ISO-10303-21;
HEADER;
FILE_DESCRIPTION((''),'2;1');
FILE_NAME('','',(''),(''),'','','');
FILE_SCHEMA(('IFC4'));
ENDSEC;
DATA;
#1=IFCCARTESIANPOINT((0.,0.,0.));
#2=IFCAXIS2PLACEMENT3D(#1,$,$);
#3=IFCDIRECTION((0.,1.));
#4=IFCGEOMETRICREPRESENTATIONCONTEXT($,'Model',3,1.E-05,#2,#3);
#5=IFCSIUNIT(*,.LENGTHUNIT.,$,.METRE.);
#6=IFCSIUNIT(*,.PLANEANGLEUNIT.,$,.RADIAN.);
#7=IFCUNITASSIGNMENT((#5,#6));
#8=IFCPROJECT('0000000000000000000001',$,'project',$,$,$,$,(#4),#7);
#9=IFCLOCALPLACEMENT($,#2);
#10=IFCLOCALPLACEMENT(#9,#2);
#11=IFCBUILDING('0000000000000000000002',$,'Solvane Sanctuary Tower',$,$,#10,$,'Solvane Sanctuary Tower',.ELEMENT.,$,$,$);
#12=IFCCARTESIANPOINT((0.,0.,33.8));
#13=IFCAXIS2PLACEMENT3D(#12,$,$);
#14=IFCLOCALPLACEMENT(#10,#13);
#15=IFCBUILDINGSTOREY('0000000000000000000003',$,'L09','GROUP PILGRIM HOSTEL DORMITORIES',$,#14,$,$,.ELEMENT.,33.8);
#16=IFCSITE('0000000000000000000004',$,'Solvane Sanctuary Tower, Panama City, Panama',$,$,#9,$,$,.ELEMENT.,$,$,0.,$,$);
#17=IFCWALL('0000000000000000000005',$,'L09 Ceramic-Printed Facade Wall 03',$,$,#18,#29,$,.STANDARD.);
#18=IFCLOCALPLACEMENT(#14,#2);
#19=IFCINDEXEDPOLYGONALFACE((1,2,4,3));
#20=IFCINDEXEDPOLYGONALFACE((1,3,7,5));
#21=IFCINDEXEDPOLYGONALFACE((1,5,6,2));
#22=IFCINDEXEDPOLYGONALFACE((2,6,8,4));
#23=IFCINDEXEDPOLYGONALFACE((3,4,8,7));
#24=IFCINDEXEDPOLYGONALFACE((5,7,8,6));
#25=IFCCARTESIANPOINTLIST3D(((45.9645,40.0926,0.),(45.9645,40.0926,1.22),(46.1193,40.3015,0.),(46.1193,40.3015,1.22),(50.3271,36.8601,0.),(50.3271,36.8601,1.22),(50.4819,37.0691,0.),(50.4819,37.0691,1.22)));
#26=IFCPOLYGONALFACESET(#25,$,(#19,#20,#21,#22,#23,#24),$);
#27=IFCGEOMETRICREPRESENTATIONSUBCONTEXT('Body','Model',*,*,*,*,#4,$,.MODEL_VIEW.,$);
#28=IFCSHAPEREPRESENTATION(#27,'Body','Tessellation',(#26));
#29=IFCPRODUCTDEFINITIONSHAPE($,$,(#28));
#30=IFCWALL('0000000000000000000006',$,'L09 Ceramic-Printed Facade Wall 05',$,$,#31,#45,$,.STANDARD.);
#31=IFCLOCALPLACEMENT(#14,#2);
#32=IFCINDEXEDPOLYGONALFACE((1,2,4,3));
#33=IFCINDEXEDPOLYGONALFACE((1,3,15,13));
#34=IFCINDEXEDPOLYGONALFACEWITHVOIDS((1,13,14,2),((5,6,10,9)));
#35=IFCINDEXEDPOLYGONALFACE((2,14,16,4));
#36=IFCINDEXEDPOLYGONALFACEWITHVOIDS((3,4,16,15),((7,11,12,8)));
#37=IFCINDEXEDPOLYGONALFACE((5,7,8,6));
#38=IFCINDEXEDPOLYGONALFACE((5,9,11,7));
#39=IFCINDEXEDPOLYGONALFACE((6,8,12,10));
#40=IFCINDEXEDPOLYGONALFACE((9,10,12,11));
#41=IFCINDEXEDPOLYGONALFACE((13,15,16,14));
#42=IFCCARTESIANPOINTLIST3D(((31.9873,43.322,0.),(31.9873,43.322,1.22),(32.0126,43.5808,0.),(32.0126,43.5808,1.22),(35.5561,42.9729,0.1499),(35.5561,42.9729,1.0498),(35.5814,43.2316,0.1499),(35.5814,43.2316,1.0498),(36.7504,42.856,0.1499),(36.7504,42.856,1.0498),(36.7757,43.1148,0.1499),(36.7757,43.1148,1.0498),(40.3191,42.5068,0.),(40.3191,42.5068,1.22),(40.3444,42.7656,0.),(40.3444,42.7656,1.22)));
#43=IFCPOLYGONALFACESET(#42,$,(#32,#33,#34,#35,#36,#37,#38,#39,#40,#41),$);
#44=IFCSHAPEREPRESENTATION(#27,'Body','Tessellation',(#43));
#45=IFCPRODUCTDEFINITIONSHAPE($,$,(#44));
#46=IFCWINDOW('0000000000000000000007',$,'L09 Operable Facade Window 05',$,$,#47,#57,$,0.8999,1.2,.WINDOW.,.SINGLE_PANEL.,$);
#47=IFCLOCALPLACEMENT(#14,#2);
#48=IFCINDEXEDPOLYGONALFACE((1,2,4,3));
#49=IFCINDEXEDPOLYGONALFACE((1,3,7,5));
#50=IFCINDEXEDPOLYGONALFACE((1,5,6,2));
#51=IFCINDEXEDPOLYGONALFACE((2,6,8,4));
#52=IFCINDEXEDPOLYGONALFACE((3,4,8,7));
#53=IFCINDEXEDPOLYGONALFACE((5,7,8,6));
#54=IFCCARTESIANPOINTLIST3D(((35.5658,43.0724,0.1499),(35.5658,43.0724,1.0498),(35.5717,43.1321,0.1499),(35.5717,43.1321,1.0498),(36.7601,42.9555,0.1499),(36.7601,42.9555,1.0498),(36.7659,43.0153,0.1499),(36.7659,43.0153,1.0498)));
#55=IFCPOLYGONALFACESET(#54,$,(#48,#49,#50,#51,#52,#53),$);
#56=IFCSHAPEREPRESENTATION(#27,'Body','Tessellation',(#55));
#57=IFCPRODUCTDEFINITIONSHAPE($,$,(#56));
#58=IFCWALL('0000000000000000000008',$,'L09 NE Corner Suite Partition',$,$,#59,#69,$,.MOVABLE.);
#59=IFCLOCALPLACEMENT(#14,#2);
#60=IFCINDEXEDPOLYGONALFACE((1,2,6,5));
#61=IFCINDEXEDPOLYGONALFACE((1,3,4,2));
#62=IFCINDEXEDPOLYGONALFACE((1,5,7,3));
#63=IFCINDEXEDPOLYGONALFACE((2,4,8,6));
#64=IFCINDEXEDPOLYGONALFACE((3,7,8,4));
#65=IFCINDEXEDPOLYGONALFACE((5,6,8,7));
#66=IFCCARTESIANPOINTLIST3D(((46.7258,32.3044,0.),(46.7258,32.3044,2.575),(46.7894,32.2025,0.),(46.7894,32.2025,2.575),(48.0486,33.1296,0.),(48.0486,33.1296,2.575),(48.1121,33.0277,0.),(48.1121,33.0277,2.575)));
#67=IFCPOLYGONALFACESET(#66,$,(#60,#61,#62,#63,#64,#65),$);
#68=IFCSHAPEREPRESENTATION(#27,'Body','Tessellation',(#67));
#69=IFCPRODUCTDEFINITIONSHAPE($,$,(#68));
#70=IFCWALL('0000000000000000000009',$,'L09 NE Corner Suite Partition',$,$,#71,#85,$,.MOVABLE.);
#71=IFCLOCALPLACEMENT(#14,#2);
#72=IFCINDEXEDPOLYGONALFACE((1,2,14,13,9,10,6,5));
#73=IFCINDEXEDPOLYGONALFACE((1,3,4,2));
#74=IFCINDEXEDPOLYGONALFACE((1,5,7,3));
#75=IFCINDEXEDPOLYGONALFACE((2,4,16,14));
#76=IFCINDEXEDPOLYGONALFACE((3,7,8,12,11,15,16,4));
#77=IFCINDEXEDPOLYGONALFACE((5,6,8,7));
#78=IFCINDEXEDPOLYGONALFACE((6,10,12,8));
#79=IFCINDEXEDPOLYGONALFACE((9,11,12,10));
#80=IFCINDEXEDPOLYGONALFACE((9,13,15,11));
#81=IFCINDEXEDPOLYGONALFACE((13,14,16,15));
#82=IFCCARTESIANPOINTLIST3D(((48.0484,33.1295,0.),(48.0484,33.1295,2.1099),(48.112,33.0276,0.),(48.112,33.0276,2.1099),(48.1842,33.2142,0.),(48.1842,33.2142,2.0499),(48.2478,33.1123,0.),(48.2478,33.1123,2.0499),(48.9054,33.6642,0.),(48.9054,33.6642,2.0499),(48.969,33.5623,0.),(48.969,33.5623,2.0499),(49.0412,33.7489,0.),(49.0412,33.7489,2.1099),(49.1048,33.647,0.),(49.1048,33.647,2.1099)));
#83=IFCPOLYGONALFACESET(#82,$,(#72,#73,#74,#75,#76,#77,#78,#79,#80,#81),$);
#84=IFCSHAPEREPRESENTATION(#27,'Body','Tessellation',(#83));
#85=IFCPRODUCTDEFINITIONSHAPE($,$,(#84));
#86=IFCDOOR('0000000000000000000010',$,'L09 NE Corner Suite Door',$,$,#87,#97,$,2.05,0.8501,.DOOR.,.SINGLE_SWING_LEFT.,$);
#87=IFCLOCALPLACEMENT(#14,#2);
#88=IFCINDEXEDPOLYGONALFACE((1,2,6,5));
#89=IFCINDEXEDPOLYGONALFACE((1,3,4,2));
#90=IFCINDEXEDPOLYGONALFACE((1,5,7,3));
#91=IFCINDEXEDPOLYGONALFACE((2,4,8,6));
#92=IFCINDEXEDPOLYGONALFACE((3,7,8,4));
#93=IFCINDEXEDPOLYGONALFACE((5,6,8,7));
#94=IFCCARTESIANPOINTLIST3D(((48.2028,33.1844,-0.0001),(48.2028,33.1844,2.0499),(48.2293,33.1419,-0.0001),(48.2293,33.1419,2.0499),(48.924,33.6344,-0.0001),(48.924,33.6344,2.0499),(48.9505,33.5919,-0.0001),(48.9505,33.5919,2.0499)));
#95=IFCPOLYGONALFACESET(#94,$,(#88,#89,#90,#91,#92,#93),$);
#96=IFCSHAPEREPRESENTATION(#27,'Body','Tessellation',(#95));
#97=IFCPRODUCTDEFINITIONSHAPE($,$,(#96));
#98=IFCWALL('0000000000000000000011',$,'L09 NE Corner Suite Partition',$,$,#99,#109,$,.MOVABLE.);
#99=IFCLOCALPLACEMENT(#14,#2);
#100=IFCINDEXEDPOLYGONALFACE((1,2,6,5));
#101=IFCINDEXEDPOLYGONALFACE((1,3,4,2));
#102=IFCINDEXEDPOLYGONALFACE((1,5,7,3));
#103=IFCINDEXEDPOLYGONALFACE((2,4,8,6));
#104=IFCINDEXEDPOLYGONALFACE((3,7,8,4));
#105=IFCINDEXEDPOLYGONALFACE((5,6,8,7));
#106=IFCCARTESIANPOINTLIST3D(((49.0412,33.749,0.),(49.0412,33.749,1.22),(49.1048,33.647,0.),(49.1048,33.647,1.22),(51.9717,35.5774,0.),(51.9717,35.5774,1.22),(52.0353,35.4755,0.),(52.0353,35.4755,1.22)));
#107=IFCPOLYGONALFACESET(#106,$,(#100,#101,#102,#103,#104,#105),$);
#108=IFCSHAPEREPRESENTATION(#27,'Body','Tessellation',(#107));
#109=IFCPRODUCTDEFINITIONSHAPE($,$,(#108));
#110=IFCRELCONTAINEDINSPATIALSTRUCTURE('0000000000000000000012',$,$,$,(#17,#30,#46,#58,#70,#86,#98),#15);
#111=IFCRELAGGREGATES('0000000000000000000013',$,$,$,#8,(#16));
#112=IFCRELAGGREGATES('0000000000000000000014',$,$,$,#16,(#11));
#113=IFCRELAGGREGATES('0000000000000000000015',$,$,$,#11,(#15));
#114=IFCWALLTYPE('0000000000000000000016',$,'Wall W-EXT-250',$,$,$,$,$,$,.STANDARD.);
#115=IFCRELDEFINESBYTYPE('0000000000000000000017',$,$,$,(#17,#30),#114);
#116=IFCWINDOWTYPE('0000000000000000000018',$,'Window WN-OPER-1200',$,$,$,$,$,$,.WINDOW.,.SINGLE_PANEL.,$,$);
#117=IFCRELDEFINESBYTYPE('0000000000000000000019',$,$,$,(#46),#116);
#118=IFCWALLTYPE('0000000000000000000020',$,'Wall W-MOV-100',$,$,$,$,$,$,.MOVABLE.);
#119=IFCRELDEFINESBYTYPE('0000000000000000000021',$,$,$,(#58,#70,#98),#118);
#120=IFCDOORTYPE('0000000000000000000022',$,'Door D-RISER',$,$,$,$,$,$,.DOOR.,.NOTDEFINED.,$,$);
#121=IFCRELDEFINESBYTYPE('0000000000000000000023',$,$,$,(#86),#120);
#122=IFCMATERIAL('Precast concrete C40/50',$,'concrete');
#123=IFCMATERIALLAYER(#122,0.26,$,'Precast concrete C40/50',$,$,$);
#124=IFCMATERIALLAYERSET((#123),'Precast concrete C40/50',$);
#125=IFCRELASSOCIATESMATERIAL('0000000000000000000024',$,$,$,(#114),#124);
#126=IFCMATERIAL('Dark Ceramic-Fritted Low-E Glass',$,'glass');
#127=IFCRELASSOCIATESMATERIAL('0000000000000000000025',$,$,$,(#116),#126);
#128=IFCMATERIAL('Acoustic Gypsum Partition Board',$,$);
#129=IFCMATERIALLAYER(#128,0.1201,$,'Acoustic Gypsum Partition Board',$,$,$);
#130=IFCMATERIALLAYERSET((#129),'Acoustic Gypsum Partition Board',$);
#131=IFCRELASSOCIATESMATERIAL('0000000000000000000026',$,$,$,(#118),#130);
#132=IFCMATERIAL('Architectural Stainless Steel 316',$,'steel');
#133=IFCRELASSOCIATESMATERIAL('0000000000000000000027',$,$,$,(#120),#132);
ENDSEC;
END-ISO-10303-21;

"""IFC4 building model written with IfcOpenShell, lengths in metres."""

from ifc_helpers import new_model, si_unit, direction, frame, frame_2d, origin, place, context, subcontext, project, spatial, rectangle, extrude, material, layer, layer_set, type_object, element, fill, save


model = new_model("IFC4")

# Units and contexts
model_context = context("Model", 3, precision=1e-05, world=origin(), true_north=direction((0.0, 1.0)))
body_context = subcontext(model_context, "Body", "Model", "MODEL_VIEW")
ifc_project = project(units=[si_unit("LENGTHUNIT", "METRE"), si_unit("PLANEANGLEUNIT", "RADIAN")], contexts=[model_context])

# Site, building, storey
site_placement = place(None, origin())
site = spatial("IfcSite", under=ifc_project, at=site_placement, Name="Solvane Sanctuary Tower, Panama City, Panama", CompositionType="ELEMENT", RefElevation=0.0)
building_placement = place(site_placement, origin())
building = spatial("IfcBuilding", under=site, at=building_placement, Name="Solvane Sanctuary Tower", LongName="Solvane Sanctuary Tower", CompositionType="ELEMENT")
storey_placement = place(building_placement, frame((0.0, 0.0, 33.8)))
storey = spatial("IfcBuildingStorey", under=building, at=storey_placement, Name="L09", Description="GROUP PILGRIM HOSTEL DORMITORIES", CompositionType="ELEMENT", Elevation=33.8)

# Shared definitions
ifc_material_1 = material(Name="Dark Ceramic-Fritted Low-E Glass", Category="glass")

# Shared definitions
ifc_material_2 = material(Name="Acoustic Gypsum Partition Board")

# Shared definitions
ifc_material_3 = material(Name="Precast concrete C40/50", Category="concrete")
ifc_layer_1 = layer(ifc_material_3, 0.26, Name="Precast concrete C40/50")
ifc_layer_set_1 = layer_set([ifc_layer_1], Name="Precast concrete C40/50")
wall_type_1 = type_object("IfcWallType", Name="Wall W-EXT-250", PredefinedType="STANDARD", material=ifc_layer_set_1)
window_type = type_object("IfcWindowType", Name="Window WN-OPER-1200", PartitioningType="SINGLE_PANEL", PredefinedType="WINDOW", material=ifc_material_1)

# Wall
wall_1_placement = place(storey_placement, frame((50.4045, 36.9646, 0.0), z_axis=(0.0, 0.0, 1.0), x_axis=(-0.803478, 0.595335, 0.0)))
element("IfcWall", 1, at=wall_1_placement, inside=storey, type_object=wall_type_1, Name="L09 Ceramic-Printed Facade Wall 03", PredefinedType="STANDARD", context=body_context, shape_type="SweptSolid", body=[
    extrude(rectangle(XDim=5.4297, YDim=0.26, at=frame_2d((2.7148, 0.0))), origin(), (0.0, 0.0, 1.0), 1.22),
])

# Wall, opening, window
wall_2_placement = place(storey_placement, frame((40.3318, 42.6362, 0.0), z_axis=(0.0, 0.0, 1.0), x_axis=(-0.995248, 0.097375, 0.0)))
wall_2 = element("IfcWall", 2, at=wall_2_placement, inside=storey, type_object=wall_type_1, Name="L09 Ceramic-Printed Facade Wall 05", PredefinedType="STANDARD", context=body_context, shape_type="SweptSolid", body=[
    extrude(rectangle(XDim=8.3716, YDim=0.26, at=frame_2d((4.1858, 0.0))), origin(), (0.0, 0.0, 1.0), 1.22),
])
opening_1_placement = place(wall_2_placement, frame((3.5857, 0.0, 0.1499)))
opening_1 = element("IfcOpeningElement", 3, at=opening_1_placement, cuts=wall_2, PredefinedType="OPENING", context=body_context, shape_type="SweptSolid", body=[
    extrude(rectangle(XDim=1.2, YDim=0.8999, at=frame_2d((0.6001, 0.45))), frame((0.0, 0.1399, 0.0), z_axis=(0.0, -1.0, 0.0), x_axis=(1.0, 0.0, 0.0)), (0.0, 0.0, 1.0), 0.28),
])
window_1_placement = place(opening_1_placement, origin())
window_1 = element("IfcWindow", 4, at=window_1_placement, inside=storey, type_object=window_type, Name="L09 Operable Facade Window 05", OverallHeight=0.8999, OverallWidth=1.2, PartitioningType="SINGLE_PANEL", PredefinedType="WINDOW", context=body_context, shape_type="SweptSolid", body=[
    extrude(rectangle(XDim=1.2, YDim=0.8999, at=frame_2d((0.6001, 0.45))), frame((0.0, 0.03, 0.0), z_axis=(0.0, -1.0, 0.0), x_axis=(1.0, 0.0, 0.0)), (0.0, 0.0, 1.0), 0.0601),
])
fill(opening_1, window_1)

# Wall
ifc_layer_2 = layer(ifc_material_2, 0.1201, Name="Acoustic Gypsum Partition Board")
ifc_layer_set_2 = layer_set([ifc_layer_2], Name="Acoustic Gypsum Partition Board")
wall_type_2 = type_object("IfcWallType", Name="Wall W-MOV-100", PredefinedType="MOVABLE", material=ifc_layer_set_2)
wall_3_placement = place(storey_placement, frame((46.7576, 32.2534, 0.0), z_axis=(0.0, 0.0, 1.0), x_axis=(0.848438, 0.529295, 0.0)))
element("IfcWall", 5, at=wall_3_placement, inside=storey, type_object=wall_type_2, Name="L09 NE Corner Suite Partition", PredefinedType="MOVABLE", context=body_context, shape_type="SweptSolid", body=[
    extrude(rectangle(XDim=1.5591, YDim=0.1201, at=frame_2d((0.7795, 0.0))), origin(), (0.0, 0.0, 1.0), 2.575),
])

# Wall, opening, door
wall_4_placement = place(storey_placement, frame((48.0803, 33.0786, 0.0), z_axis=(0.0, 0.0, 1.0), x_axis=(0.848397, 0.529361, 0.0)))
wall_4 = element("IfcWall", 6, at=wall_4_placement, inside=storey, type_object=wall_type_2, Name="L09 NE Corner Suite Partition", PredefinedType="MOVABLE", context=body_context, shape_type="SweptSolid", body=[
    extrude(rectangle(XDim=1.1702, YDim=0.1201, at=frame_2d((0.585, 0.0))), origin(), (0.0, 0.0, 1.0), 2.1099),
])
opening_2_placement = place(wall_4_placement, frame((0.1599, 0.0, 0.0)))
opening_2 = element("IfcOpeningElement", 7, at=opening_2_placement, cuts=wall_4, PredefinedType="OPENING", context=body_context, shape_type="SweptSolid", body=[
    extrude(rectangle(XDim=0.8501, YDim=2.05, at=frame_2d((0.425, 1.0249))), frame((0.0, 0.0701, 0.0), z_axis=(0.0, -1.0, 0.0), x_axis=(1.0, 0.0, 0.0)), (0.0, 0.0, 1.0), 0.1401),
])
ifc_material_4 = material(Name="Architectural Stainless Steel 316", Category="steel")
door_type_1 = type_object("IfcDoorType", Name="Door D-RISER", OperationType="NOTDEFINED", PredefinedType="DOOR", material=ifc_material_4)
door_1_placement = place(opening_2_placement, origin())
door_1 = element("IfcDoor", 8, at=door_1_placement, inside=storey, type_object=door_type_1, Name="L09 NE Corner Suite Door", OperationType="SINGLE_SWING_LEFT", OverallHeight=2.05, OverallWidth=0.8501, PredefinedType="DOOR", context=body_context, shape_type="SweptSolid", body=[
    extrude(rectangle(XDim=0.8501, YDim=2.05, at=frame_2d((0.425, 1.0249))), frame((0.0, 0.0249, 0.0), z_axis=(0.0, -1.0, 0.0), x_axis=(1.0, 0.0, 0.0)), (0.0, 0.0, 1.0), 0.05),
])
fill(opening_2, door_1)

# Wall
wall_5_placement = place(storey_placement, frame((49.073, 33.698, 0.0), z_axis=(0.0, 0.0, 1.0), x_axis=(0.848407, 0.529344, 0.0)))
element("IfcWall", 9, at=wall_5_placement, inside=storey, type_object=wall_type_2, Name="L09 NE Corner Suite Partition", PredefinedType="MOVABLE", context=body_context, shape_type="SweptSolid", body=[
    extrude(rectangle(XDim=3.4541, YDim=0.1201, at=frame_2d((1.7271, 0.0))), origin(), (0.0, 0.0, 1.0), 1.22),
])

save(model, "model.ifc")
